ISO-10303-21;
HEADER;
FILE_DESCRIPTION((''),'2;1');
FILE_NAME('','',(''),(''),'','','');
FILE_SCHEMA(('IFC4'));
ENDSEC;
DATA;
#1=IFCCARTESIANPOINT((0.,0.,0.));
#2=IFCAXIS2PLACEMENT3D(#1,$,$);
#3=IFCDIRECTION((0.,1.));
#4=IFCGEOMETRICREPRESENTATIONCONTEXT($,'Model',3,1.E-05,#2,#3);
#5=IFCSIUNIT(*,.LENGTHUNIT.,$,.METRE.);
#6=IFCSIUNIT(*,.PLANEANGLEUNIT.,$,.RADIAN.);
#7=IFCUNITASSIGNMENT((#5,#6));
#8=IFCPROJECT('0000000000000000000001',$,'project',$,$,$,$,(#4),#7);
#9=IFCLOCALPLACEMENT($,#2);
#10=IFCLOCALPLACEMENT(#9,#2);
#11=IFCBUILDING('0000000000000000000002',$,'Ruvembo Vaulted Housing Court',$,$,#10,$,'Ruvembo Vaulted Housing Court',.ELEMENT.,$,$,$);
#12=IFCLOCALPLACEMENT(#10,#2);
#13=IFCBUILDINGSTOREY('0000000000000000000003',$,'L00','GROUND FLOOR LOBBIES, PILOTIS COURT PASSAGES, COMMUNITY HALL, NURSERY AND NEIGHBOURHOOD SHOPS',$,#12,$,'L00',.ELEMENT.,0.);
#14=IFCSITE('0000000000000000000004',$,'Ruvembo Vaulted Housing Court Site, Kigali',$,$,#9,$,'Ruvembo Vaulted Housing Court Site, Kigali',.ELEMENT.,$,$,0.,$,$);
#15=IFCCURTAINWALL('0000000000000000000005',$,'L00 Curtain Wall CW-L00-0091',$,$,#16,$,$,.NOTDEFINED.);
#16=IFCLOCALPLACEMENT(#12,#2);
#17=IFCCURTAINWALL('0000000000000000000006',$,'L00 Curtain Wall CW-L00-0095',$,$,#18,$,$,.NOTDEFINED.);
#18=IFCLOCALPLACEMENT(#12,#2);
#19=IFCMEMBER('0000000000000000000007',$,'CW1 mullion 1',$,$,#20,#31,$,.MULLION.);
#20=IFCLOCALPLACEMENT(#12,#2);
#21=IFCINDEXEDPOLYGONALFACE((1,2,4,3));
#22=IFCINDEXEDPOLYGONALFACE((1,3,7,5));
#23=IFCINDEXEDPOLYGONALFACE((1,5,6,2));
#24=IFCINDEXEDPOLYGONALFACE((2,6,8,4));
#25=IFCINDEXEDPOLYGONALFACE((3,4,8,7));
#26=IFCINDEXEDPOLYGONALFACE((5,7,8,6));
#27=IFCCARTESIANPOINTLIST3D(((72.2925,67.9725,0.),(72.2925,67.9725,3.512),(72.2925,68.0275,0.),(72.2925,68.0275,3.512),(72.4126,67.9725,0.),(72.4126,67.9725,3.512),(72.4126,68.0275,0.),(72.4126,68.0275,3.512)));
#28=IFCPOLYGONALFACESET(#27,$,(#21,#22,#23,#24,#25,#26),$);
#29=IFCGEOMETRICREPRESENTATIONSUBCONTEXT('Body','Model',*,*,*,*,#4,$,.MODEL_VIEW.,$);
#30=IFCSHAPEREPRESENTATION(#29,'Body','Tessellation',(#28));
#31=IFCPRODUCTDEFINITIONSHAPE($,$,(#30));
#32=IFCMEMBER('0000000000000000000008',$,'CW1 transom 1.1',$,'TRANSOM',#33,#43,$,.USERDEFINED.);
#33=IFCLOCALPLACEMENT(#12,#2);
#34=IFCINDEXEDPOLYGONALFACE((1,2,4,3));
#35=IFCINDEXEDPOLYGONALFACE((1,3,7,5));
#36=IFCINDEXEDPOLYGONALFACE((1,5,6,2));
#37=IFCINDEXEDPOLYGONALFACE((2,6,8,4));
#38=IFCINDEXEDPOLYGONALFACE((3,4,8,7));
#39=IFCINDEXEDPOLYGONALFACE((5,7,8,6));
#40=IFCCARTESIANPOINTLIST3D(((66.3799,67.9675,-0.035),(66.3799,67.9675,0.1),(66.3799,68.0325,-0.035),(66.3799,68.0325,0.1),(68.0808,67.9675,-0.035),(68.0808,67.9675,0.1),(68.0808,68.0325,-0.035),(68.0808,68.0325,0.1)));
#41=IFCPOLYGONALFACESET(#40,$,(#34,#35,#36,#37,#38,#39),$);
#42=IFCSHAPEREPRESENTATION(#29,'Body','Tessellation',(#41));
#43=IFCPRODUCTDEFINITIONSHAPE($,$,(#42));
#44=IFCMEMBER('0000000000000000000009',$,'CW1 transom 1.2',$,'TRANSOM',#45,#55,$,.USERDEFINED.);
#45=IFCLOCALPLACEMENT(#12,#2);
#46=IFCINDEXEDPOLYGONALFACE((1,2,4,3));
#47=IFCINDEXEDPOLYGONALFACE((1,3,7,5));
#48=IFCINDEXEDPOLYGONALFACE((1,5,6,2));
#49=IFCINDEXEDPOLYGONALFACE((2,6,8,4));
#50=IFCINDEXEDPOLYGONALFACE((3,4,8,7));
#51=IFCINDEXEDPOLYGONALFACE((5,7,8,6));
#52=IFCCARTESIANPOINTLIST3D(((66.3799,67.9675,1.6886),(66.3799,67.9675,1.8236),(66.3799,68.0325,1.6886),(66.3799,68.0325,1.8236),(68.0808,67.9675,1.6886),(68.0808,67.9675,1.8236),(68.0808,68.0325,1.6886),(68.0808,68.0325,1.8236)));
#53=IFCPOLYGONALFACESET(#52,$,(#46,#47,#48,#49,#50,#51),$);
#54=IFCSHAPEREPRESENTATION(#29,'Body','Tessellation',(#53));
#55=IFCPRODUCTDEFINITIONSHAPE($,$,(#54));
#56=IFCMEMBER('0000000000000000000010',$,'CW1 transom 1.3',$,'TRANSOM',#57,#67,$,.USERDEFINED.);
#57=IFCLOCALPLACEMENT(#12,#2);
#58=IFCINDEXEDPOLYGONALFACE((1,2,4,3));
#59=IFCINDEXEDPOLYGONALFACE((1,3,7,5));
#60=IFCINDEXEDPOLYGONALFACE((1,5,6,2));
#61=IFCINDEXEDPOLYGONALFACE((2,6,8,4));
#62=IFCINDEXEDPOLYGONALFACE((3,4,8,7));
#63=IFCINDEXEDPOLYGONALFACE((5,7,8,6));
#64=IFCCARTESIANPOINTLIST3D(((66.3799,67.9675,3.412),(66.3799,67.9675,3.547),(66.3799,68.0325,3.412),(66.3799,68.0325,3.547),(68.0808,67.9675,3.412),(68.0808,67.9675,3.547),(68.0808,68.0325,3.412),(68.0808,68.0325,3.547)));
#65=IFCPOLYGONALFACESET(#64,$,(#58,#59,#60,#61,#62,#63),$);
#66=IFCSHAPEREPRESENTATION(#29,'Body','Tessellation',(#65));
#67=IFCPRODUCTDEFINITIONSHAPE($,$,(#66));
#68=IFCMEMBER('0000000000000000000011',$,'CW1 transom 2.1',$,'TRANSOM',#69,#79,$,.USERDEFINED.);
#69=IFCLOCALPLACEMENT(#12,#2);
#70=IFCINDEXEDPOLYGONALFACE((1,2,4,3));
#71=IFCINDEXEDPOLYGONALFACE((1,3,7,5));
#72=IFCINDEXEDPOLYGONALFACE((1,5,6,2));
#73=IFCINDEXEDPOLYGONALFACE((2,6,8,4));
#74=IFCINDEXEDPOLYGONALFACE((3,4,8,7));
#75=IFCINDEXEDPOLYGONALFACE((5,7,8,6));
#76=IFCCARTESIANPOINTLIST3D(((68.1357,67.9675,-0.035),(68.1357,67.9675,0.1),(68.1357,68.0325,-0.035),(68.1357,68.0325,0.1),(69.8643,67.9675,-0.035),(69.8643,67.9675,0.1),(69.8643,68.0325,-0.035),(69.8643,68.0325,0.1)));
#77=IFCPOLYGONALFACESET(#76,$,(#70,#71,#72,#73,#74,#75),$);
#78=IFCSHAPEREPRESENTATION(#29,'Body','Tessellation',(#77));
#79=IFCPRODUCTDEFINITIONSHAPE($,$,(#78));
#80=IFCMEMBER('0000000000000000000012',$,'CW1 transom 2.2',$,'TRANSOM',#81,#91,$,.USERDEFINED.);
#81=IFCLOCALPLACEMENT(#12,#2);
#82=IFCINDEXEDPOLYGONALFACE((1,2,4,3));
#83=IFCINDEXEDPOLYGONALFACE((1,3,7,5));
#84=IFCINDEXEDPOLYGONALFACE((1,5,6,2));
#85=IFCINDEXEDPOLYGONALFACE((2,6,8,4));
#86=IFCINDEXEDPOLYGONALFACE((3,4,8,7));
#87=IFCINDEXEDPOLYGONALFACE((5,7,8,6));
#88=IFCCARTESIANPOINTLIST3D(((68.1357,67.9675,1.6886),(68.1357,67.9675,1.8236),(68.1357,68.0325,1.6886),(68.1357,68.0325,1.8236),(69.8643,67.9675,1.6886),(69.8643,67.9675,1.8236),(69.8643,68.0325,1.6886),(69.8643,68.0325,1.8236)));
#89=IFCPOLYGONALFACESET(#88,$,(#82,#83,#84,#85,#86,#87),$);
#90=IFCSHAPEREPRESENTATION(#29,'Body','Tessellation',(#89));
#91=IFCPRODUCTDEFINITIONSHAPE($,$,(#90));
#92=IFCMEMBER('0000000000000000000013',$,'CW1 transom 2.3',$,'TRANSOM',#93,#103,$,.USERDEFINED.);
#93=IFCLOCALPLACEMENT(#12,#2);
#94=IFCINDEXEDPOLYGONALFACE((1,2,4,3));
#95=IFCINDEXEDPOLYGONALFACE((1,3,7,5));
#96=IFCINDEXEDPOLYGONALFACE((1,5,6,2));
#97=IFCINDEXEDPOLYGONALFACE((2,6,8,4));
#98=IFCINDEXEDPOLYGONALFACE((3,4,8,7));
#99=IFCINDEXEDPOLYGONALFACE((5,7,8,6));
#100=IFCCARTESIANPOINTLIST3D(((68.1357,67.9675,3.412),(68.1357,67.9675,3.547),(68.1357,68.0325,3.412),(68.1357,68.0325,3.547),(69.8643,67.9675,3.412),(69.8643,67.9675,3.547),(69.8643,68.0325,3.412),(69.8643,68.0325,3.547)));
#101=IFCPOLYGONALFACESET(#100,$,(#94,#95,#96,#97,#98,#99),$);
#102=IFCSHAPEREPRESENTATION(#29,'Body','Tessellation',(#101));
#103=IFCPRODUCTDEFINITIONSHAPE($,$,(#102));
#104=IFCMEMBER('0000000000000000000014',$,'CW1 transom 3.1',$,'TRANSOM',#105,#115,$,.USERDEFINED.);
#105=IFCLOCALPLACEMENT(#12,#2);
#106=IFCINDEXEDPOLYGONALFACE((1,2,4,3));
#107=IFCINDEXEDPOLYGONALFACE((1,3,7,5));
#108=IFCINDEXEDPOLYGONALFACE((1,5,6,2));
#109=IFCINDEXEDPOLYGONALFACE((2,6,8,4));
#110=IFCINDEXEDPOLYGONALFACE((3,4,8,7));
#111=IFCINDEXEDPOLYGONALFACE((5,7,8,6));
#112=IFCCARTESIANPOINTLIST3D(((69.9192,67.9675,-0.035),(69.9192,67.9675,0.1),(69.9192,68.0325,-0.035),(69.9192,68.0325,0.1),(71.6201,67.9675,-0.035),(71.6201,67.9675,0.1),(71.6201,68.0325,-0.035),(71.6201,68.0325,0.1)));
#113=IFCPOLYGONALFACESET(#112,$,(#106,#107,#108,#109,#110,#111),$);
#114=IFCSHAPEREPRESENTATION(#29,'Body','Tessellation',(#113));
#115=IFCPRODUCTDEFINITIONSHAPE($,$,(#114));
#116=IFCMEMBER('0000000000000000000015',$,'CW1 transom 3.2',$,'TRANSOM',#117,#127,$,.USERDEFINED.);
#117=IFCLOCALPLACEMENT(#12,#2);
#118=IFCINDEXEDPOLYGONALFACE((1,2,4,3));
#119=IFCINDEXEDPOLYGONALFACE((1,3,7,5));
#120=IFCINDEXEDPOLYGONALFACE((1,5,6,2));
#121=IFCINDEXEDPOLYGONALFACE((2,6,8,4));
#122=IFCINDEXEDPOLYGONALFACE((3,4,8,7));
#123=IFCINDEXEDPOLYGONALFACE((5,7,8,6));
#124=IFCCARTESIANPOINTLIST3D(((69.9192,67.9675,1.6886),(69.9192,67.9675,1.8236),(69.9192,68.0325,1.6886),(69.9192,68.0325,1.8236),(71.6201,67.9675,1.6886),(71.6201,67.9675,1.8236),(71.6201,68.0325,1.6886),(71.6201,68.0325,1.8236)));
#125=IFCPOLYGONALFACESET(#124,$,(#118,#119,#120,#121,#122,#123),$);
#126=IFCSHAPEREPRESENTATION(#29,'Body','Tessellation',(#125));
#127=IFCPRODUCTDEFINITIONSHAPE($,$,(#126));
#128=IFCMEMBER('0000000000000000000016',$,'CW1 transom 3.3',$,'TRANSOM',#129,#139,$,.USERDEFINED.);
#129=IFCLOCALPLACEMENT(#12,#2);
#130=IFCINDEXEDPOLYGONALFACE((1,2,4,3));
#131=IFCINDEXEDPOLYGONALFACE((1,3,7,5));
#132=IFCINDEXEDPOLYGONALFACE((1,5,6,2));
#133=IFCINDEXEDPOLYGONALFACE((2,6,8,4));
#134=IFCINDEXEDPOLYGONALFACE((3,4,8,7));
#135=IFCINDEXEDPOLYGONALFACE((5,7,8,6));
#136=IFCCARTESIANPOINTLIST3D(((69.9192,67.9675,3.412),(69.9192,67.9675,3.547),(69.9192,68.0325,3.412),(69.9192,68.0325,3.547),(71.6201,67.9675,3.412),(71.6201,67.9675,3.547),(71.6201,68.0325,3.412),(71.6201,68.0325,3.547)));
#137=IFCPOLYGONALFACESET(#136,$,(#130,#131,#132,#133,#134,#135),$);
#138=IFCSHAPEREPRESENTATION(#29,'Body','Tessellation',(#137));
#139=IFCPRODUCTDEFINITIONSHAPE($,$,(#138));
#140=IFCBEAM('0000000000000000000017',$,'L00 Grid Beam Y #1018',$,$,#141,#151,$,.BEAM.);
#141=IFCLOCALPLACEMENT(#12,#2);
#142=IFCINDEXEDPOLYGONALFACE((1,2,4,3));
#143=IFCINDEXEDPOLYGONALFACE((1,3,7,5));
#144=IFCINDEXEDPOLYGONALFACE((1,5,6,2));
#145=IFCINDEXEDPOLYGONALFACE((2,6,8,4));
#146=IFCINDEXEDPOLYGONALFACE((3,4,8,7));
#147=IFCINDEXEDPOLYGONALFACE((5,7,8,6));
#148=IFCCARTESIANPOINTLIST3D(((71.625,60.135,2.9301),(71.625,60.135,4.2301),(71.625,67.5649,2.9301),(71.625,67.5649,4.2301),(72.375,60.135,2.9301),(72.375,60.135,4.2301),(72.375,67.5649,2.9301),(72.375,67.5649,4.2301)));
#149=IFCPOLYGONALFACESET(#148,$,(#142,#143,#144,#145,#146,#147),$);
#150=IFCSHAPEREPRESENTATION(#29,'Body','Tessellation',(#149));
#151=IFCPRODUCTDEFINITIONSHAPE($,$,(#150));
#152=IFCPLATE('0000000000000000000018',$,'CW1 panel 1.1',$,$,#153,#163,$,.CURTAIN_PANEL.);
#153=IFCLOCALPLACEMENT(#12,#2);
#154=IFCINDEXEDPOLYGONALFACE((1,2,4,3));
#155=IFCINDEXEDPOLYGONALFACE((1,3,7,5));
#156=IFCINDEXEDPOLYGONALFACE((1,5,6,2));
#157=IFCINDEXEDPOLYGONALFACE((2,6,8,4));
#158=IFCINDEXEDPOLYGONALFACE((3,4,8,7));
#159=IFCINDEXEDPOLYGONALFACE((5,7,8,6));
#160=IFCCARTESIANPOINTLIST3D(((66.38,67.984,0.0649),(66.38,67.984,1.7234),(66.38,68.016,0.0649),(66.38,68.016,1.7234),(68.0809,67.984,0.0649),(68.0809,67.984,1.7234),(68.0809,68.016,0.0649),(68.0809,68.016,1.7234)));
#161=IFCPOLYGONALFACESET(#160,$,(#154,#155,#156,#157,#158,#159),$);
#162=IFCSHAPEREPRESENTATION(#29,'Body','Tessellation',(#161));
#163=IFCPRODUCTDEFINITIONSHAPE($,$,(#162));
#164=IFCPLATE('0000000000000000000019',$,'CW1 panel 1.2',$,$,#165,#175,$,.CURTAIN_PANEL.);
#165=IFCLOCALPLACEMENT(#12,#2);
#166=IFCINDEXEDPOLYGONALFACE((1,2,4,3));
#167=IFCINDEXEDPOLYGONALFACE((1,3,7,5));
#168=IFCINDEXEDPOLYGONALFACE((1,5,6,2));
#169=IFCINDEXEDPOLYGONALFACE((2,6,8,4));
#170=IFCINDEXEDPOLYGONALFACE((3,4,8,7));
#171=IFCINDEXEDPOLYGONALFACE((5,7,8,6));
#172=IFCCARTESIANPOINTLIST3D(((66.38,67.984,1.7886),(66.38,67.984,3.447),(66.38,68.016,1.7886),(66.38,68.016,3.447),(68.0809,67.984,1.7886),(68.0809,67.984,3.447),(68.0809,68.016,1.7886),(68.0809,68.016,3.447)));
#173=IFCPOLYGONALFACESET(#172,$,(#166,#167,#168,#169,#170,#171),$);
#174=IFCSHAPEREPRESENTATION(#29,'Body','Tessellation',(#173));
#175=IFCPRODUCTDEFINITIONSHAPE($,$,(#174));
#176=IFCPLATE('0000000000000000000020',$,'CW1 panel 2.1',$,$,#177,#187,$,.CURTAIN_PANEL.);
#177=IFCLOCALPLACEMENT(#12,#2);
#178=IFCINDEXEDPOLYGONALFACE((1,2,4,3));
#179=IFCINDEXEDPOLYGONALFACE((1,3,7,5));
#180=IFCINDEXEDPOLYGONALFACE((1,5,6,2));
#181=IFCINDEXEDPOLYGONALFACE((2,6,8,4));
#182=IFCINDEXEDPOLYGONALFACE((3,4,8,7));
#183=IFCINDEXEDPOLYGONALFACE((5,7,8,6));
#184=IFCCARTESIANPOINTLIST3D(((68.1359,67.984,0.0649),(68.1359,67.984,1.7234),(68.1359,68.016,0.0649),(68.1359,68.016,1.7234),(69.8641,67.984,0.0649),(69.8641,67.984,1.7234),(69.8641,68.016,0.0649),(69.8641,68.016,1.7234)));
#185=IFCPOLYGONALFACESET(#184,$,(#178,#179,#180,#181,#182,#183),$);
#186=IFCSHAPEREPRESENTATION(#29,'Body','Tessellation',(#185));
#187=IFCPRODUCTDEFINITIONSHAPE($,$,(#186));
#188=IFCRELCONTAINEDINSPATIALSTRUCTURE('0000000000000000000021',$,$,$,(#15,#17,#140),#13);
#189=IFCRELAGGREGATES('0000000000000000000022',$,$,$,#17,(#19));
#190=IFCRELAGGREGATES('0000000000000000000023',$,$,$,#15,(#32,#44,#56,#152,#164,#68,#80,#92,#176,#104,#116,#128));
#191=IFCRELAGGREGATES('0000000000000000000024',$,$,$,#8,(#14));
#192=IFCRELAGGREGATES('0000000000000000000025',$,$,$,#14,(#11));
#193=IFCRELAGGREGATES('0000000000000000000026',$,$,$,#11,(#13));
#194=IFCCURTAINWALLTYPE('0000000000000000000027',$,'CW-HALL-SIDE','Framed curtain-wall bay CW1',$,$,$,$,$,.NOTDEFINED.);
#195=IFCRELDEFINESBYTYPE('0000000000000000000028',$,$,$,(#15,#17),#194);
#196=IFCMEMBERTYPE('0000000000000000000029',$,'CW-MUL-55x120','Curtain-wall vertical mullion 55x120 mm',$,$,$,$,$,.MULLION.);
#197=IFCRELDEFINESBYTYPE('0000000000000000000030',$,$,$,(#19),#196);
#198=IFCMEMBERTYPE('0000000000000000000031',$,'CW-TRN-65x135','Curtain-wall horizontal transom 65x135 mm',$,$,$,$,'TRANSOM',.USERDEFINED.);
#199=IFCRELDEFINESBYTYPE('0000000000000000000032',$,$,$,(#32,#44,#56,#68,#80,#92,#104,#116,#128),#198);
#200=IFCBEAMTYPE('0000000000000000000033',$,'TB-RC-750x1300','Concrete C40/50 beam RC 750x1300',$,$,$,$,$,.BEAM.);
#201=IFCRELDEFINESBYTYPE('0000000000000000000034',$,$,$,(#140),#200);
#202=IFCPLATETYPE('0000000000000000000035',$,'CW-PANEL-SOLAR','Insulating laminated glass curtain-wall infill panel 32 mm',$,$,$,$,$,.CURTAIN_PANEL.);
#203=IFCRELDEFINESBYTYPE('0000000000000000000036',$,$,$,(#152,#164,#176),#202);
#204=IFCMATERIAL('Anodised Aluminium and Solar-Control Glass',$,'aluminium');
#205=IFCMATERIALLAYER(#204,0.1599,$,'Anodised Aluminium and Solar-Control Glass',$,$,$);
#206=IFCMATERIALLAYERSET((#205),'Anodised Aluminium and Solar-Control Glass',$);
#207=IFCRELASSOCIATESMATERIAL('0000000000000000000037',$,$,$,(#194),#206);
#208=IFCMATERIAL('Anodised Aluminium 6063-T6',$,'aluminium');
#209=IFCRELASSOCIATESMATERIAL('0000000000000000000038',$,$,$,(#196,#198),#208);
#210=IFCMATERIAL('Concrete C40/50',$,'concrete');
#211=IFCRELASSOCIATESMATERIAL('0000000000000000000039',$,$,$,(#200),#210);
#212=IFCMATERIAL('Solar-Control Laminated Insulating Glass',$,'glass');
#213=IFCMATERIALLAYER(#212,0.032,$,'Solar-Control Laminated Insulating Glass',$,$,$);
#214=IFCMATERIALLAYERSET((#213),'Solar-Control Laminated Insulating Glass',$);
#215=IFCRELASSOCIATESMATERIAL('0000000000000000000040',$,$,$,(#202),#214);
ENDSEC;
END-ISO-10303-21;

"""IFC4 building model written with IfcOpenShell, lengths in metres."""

from ifc_helpers import new_model, si_unit, direction, frame, origin, origin_2d, place, context, subcontext, project, spatial, rectangle, extrude, material, layer, layer_set, material_profile, profile_set, type_object, element, aggregate, save


model = new_model("IFC4")

# Units and contexts
model_context = context("Model", 3, precision=1e-05, world=origin(), true_north=direction((0.0, 1.0)))
body_context = subcontext(model_context, "Body", "Model", "MODEL_VIEW")
ifc_project = project(units=[si_unit("LENGTHUNIT", "METRE"), si_unit("PLANEANGLEUNIT", "RADIAN")], contexts=[model_context])

# Site, building, storey
site_placement = place(None, origin())
site = spatial("IfcSite", under=ifc_project, at=site_placement, Name="Ruvembo Vaulted Housing Court Site, Kigali", LongName="Ruvembo Vaulted Housing Court Site, Kigali", CompositionType="ELEMENT", RefElevation=0.0)
building_placement = place(site_placement, origin())
building = spatial("IfcBuilding", under=site, at=building_placement, Name="Ruvembo Vaulted Housing Court", LongName="Ruvembo Vaulted Housing Court", CompositionType="ELEMENT")
storey_placement = place(building_placement, origin())
storey = spatial("IfcBuildingStorey", under=building, at=storey_placement, Name="L00", Description="GROUND FLOOR LOBBIES, PILOTIS COURT PASSAGES, COMMUNITY HALL, NURSERY AND NEIGHBOURHOOD SHOPS", LongName="L00", CompositionType="ELEMENT", Elevation=0.0)

# Shared definitions
ifc_material_1 = material(Name="Concrete C40/50", Category="concrete")

# Curtain wall
ifc_material_2 = material(Name="Anodised Aluminium and Solar-Control Glass", Category="aluminium")
ifc_layer_1 = layer(ifc_material_2, 0.1599, Name="Anodised Aluminium and Solar-Control Glass")
ifc_layer_set_1 = layer_set([ifc_layer_1], Name="Anodised Aluminium and Solar-Control Glass")
curtain_wall_type = type_object("IfcCurtainWallType", Name="CW-HALL-SIDE", Description="Framed curtain-wall bay CW1", PredefinedType="NOTDEFINED", material=ifc_layer_set_1)
curtain_wall_1_placement = place(storey_placement, origin())
curtain_wall_1 = element("IfcCurtainWall", 1, at=curtain_wall_1_placement, inside=storey, type_object=curtain_wall_type, Name="L00 Curtain Wall CW-L00-0091", PredefinedType="NOTDEFINED")
ifc_material_3 = material(Name="Anodised Aluminium 6063-T6", Category="aluminium")
ifc_material_profile_1 = material_profile(ifc_material_3, rectangle(XDim=0.0549, YDim=0.1201, at=origin_2d()), Name="ALU 55x120")
ifc_profile_set_1 = profile_set([ifc_material_profile_1], Name="Anodised Aluminium 6063-T6")
member_type_1 = type_object("IfcMemberType", Name="CW-MUL-55x120", Description="Curtain-wall vertical mullion 55x120 mm", PredefinedType="MULLION", material=ifc_profile_set_1)

# Curtain wall, member
curtain_wall_2_placement = place(storey_placement, origin())
curtain_wall_2 = element("IfcCurtainWall", 2, at=curtain_wall_2_placement, inside=storey, type_object=curtain_wall_type, Name="L00 Curtain Wall CW-L00-0095", PredefinedType="NOTDEFINED")
member_1_placement = place(storey_placement, frame((72.3525, 68.0, 0.0), z_axis=(0.0, 0.0, 1.0), x_axis=(0.0, 1.0, 0.0)))
member_1 = element("IfcMember", 3, at=member_1_placement, type_object=member_type_1, Name="CW1 mullion 1", PredefinedType="MULLION", context=body_context, shape_type="SweptSolid", body=[
    extrude(rectangle(XDim=0.0549, YDim=0.1201, at=origin_2d()), origin(), (0.0, 0.0, 1.0), 3.512),
])
aggregate(curtain_wall_2, [member_1])

# Members
ifc_material_profile_2 = material_profile(ifc_material_3, rectangle(XDim=0.0649, YDim=0.135, at=origin_2d()), Name="ALU 65x135")
ifc_profile_set_2 = profile_set([ifc_material_profile_2], Name="Anodised Aluminium 6063-T6")
member_type_2 = type_object("IfcMemberType", Name="CW-TRN-65x135", Description="Curtain-wall horizontal transom 65x135 mm", ElementType="TRANSOM", PredefinedType="USERDEFINED", material=ifc_profile_set_2)
member_2_placement = place(storey_placement, frame((66.3799, 68.0, 0.0325), z_axis=(1.0, 0.0, 0.0), x_axis=(0.0, 1.0, 0.0)))
member_2 = element("IfcMember", 4, at=member_2_placement, type_object=member_type_2, Name="CW1 transom 1.1", ObjectType="TRANSOM", PredefinedType="USERDEFINED", context=body_context, shape_type="SweptSolid", body=[
    extrude(rectangle(XDim=0.0649, YDim=0.135, at=origin_2d()), origin(), (0.0, 0.0, 1.0), 1.7009),
])
member_3_placement = place(storey_placement, frame((66.3799, 68.0, 1.7561), z_axis=(1.0, 0.0, 0.0), x_axis=(0.0, 1.0, 0.0)))
member_3 = element("IfcMember", 5, at=member_3_placement, type_object=member_type_2, Name="CW1 transom 1.2", ObjectType="TRANSOM", PredefinedType="USERDEFINED", context=body_context, shape_type="SweptSolid", body=[
    extrude(rectangle(XDim=0.0649, YDim=0.135, at=origin_2d()), origin(), (0.0, 0.0, 1.0), 1.7009),
])
member_4_placement = place(storey_placement, frame((66.3799, 68.0, 3.4795), z_axis=(1.0, 0.0, 0.0), x_axis=(0.0, 1.0, 0.0)))
member_4 = element("IfcMember", 6, at=member_4_placement, type_object=member_type_2, Name="CW1 transom 1.3", ObjectType="TRANSOM", PredefinedType="USERDEFINED", context=body_context, shape_type="SweptSolid", body=[
    extrude(rectangle(XDim=0.0649, YDim=0.135, at=origin_2d()), origin(), (0.0, 0.0, 1.0), 1.7009),
])
member_5_placement = place(storey_placement, frame((68.1357, 68.0, 0.0325), z_axis=(1.0, 0.0, 0.0), x_axis=(0.0, 1.0, 0.0)))
member_5 = element("IfcMember", 7, at=member_5_placement, type_object=member_type_2, Name="CW1 transom 2.1", ObjectType="TRANSOM", PredefinedType="USERDEFINED", context=body_context, shape_type="SweptSolid", body=[
    extrude(rectangle(XDim=0.0649, YDim=0.135, at=origin_2d()), origin(), (0.0, 0.0, 1.0), 1.7285),
])
member_6_placement = place(storey_placement, frame((68.1357, 68.0, 1.7561), z_axis=(1.0, 0.0, 0.0), x_axis=(0.0, 1.0, 0.0)))
member_6 = element("IfcMember", 8, at=member_6_placement, type_object=member_type_2, Name="CW1 transom 2.2", ObjectType="TRANSOM", PredefinedType="USERDEFINED", context=body_context, shape_type="SweptSolid", body=[
    extrude(rectangle(XDim=0.0649, YDim=0.135, at=origin_2d()), origin(), (0.0, 0.0, 1.0), 1.7285),
])
member_7_placement = place(storey_placement, frame((68.1357, 68.0, 3.4795), z_axis=(1.0, 0.0, 0.0), x_axis=(0.0, 1.0, 0.0)))
member_7 = element("IfcMember", 9, at=member_7_placement, type_object=member_type_2, Name="CW1 transom 2.3", ObjectType="TRANSOM", PredefinedType="USERDEFINED", context=body_context, shape_type="SweptSolid", body=[
    extrude(rectangle(XDim=0.0649, YDim=0.135, at=origin_2d()), origin(), (0.0, 0.0, 1.0), 1.7285),
])
member_8_placement = place(storey_placement, frame((69.9192, 68.0, 0.0325), z_axis=(1.0, 0.0, 0.0), x_axis=(0.0, 1.0, 0.0)))
member_8 = element("IfcMember", 10, at=member_8_placement, type_object=member_type_2, Name="CW1 transom 3.1", ObjectType="TRANSOM", PredefinedType="USERDEFINED", context=body_context, shape_type="SweptSolid", body=[
    extrude(rectangle(XDim=0.0649, YDim=0.135, at=origin_2d()), origin(), (0.0, 0.0, 1.0), 1.7009),
])
member_9_placement = place(storey_placement, frame((69.9192, 68.0, 1.7561), z_axis=(1.0, 0.0, 0.0), x_axis=(0.0, 1.0, 0.0)))
member_9 = element("IfcMember", 11, at=member_9_placement, type_object=member_type_2, Name="CW1 transom 3.2", ObjectType="TRANSOM", PredefinedType="USERDEFINED", context=body_context, shape_type="SweptSolid", body=[
    extrude(rectangle(XDim=0.0649, YDim=0.135, at=origin_2d()), origin(), (0.0, 0.0, 1.0), 1.7009),
])
member_10_placement = place(storey_placement, frame((69.9192, 68.0, 3.4795), z_axis=(1.0, 0.0, 0.0), x_axis=(0.0, 1.0, 0.0)))
member_10 = element("IfcMember", 12, at=member_10_placement, type_object=member_type_2, Name="CW1 transom 3.3", ObjectType="TRANSOM", PredefinedType="USERDEFINED", context=body_context, shape_type="SweptSolid", body=[
    extrude(rectangle(XDim=0.0649, YDim=0.135, at=origin_2d()), origin(), (0.0, 0.0, 1.0), 1.7009),
])

# Beam
ifc_material_profile_3 = material_profile(ifc_material_1, rectangle(XDim=0.75, YDim=1.3, at=origin_2d()), Name="RC 750x1300")
ifc_profile_set_3 = profile_set([ifc_material_profile_3], Name="Concrete C40/50")
beam_type_1 = type_object("IfcBeamType", Name="TB-RC-750x1300", Description="Concrete C40/50 beam RC 750x1300", PredefinedType="BEAM", material=ifc_profile_set_3)
beam_1_placement = place(storey_placement, frame((72.0, 60.135, 3.5801), z_axis=(0.0, 1.0, 0.0), x_axis=(-1.0, 0.0, 0.0)))
element("IfcBeam", 13, at=beam_1_placement, inside=storey, type_object=beam_type_1, Name="L00 Grid Beam Y #1018", PredefinedType="BEAM", context=body_context, shape_type="SweptSolid", body=[
    extrude(rectangle(XDim=0.75, YDim=1.3, at=origin_2d()), origin(), (0.0, 0.0, 1.0), 7.4299),
])

# Plates
ifc_material_4 = material(Name="Solar-Control Laminated Insulating Glass", Category="glass")
ifc_layer_2 = layer(ifc_material_4, 0.032, Name="Solar-Control Laminated Insulating Glass")
ifc_layer_set_2 = layer_set([ifc_layer_2], Name="Solar-Control Laminated Insulating Glass")
plate_type = type_object("IfcPlateType", Name="CW-PANEL-SOLAR", Description="Insulating laminated glass curtain-wall infill panel 32 mm", PredefinedType="CURTAIN_PANEL", material=ifc_layer_set_2)
plate_1_placement = place(storey_placement, frame((67.2305, 68.0, 0.0649), z_axis=(0.0, 0.0, 1.0), x_axis=(1.0, 0.0, 0.0)))
plate_1 = element("IfcPlate", 14, at=plate_1_placement, type_object=plate_type, Name="CW1 panel 1.1", PredefinedType="CURTAIN_PANEL", context=body_context, shape_type="SweptSolid", body=[
    extrude(rectangle(XDim=1.7009, YDim=0.032, at=origin_2d()), origin(), (0.0, 0.0, 1.0), 1.6584),
])
plate_2_placement = place(storey_placement, frame((67.2305, 68.0, 1.7886), z_axis=(0.0, 0.0, 1.0), x_axis=(1.0, 0.0, 0.0)))
plate_2 = element("IfcPlate", 15, at=plate_2_placement, type_object=plate_type, Name="CW1 panel 1.2", PredefinedType="CURTAIN_PANEL", context=body_context, shape_type="SweptSolid", body=[
    extrude(rectangle(XDim=1.7009, YDim=0.032, at=origin_2d()), origin(), (0.0, 0.0, 1.0), 1.6584),
])
plate_3_placement = place(storey_placement, frame((69.0, 68.0, 0.0649), z_axis=(0.0, 0.0, 1.0), x_axis=(1.0, 0.0, 0.0)))
plate_3 = element("IfcPlate", 16, at=plate_3_placement, type_object=plate_type, Name="CW1 panel 2.1", PredefinedType="CURTAIN_PANEL", context=body_context, shape_type="SweptSolid", body=[
    extrude(rectangle(XDim=1.7283, YDim=0.032, at=origin_2d()), origin(), (0.0, 0.0, 1.0), 1.6584),
])
aggregate(curtain_wall_1, [member_2, member_3, member_4, plate_1, plate_2, member_5, member_6, member_7, plate_3, member_8, member_9, member_10])

save(model, "model.ifc")
